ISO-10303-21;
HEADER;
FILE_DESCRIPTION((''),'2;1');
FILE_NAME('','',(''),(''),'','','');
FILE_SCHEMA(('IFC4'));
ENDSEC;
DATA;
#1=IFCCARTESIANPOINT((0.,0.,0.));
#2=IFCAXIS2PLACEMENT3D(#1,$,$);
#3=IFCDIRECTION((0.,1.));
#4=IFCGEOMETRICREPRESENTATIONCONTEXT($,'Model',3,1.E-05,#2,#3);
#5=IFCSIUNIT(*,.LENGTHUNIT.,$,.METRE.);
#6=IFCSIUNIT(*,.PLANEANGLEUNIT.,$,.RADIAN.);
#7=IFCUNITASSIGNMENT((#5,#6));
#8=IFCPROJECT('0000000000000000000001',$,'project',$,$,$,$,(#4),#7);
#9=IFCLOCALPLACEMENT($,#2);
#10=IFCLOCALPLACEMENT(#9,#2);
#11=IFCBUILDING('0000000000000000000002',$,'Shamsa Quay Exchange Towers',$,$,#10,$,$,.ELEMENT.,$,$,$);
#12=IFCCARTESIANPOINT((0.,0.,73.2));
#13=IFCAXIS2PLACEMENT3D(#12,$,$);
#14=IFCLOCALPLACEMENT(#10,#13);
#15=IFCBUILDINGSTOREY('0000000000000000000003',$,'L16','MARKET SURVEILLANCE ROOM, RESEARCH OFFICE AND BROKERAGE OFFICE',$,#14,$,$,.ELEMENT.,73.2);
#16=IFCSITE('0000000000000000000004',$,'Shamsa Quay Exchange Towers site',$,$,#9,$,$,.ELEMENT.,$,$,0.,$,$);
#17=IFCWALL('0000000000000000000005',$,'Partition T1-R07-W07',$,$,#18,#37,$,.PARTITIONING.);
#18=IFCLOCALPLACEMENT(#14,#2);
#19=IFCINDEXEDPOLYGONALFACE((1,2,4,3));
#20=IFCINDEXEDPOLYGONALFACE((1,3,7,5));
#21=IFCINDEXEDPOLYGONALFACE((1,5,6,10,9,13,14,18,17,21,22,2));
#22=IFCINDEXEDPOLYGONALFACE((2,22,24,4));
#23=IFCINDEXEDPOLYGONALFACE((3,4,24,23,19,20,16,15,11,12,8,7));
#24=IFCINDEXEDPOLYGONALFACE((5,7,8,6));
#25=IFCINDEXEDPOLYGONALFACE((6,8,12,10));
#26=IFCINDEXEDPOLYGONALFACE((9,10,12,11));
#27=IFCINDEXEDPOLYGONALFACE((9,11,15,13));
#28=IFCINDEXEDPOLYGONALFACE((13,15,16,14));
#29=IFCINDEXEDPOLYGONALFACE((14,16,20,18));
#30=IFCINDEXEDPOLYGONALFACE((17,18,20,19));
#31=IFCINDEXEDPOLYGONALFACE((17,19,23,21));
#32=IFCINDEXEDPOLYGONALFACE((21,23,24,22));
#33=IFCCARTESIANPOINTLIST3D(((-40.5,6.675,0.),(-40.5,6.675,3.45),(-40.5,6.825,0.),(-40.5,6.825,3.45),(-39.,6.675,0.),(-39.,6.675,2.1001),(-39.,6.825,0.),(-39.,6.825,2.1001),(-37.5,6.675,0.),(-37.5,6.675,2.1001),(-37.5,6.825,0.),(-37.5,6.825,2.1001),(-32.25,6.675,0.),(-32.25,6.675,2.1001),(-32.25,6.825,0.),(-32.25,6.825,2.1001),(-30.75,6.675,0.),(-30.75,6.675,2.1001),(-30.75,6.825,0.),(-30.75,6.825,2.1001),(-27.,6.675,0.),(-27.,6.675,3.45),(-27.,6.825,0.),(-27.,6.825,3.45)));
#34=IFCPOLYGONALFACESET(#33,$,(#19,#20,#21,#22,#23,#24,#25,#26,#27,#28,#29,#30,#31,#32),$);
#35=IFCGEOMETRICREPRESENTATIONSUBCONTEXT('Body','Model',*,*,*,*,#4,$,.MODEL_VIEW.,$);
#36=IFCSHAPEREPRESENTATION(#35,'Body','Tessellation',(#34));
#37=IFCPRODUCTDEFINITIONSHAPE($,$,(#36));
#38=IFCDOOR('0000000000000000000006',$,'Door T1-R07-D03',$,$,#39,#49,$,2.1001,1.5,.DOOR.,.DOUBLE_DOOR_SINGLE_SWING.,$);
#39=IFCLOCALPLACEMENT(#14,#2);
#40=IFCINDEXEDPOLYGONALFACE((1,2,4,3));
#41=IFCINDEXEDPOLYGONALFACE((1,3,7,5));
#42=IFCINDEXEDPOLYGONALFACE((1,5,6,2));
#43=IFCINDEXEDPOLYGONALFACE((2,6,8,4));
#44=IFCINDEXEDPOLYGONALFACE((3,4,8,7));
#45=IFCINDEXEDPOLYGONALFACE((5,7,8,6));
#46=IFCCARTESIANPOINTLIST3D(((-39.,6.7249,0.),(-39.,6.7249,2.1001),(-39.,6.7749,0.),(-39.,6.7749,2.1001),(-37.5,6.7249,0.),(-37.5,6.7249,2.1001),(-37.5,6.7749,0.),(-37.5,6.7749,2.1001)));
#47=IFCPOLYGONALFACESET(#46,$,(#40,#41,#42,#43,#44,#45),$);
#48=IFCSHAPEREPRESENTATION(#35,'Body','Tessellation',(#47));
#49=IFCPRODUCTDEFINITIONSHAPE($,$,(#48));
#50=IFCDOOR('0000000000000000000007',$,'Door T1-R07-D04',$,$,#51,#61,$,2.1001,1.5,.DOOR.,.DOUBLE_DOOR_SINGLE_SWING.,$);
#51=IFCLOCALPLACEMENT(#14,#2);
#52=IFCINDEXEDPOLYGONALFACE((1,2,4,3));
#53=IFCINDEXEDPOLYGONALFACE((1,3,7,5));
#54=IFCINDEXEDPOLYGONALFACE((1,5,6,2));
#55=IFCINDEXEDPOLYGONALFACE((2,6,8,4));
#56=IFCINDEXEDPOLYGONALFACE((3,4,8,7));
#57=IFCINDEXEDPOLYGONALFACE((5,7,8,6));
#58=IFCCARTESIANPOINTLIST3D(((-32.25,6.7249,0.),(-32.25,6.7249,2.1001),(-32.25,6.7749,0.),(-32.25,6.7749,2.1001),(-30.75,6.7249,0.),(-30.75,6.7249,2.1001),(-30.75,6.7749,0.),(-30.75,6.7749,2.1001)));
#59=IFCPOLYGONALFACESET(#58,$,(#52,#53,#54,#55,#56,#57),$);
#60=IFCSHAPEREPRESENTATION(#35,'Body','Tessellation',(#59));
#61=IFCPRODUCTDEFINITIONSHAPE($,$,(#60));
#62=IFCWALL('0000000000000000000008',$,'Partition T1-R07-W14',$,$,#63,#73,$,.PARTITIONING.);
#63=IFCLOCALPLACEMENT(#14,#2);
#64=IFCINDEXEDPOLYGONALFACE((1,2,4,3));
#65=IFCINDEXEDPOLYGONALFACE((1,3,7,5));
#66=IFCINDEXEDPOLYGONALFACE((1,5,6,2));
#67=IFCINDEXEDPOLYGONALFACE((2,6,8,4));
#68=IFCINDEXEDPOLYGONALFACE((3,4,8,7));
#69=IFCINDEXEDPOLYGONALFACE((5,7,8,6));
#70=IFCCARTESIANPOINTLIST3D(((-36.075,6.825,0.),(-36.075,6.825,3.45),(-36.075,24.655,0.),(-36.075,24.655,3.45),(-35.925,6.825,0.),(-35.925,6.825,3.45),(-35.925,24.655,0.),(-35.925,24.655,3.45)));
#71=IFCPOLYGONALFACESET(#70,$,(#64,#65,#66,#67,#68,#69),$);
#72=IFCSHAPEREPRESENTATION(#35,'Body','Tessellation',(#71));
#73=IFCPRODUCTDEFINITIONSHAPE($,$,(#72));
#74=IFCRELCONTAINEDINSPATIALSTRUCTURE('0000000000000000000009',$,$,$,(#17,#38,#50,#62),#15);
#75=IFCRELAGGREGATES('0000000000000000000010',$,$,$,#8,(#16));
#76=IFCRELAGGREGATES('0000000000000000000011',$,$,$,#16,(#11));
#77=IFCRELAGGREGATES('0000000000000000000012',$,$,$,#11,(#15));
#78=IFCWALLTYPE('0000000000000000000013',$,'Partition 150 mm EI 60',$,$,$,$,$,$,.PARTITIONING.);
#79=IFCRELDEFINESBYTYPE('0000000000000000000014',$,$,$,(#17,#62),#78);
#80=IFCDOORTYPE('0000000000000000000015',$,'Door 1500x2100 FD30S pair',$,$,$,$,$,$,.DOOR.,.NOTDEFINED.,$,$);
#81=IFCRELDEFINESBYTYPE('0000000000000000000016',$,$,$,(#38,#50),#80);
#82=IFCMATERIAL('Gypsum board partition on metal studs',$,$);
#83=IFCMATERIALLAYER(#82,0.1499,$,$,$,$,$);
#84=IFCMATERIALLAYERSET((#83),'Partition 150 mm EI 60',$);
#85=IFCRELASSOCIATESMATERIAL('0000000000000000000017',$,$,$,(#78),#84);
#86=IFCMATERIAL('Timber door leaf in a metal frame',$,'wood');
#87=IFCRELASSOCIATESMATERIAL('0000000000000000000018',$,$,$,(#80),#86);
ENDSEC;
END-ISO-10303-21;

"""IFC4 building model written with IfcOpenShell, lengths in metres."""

from ifc_helpers import new_model, si_unit, direction, frame, frame_2d, origin, place, context, subcontext, project, spatial, rectangle, extrude, material, layer, layer_set, type_object, element, fill, save


model = new_model("IFC4")

# Units and contexts
model_context = context("Model", 3, precision=1e-05, world=origin(), true_north=direction((0.0, 1.0)))
body_context = subcontext(model_context, "Body", "Model", "MODEL_VIEW")
ifc_project = project(units=[si_unit("LENGTHUNIT", "METRE"), si_unit("PLANEANGLEUNIT", "RADIAN")], contexts=[model_context])

# Site, building, storey
site_placement = place(None, origin())
site = spatial("IfcSite", under=ifc_project, at=site_placement, Name="Shamsa Quay Exchange Towers site", CompositionType="ELEMENT", RefElevation=0.0)
building_placement = place(site_placement, origin())
building = spatial("IfcBuilding", under=site, at=building_placement, Name="Shamsa Quay Exchange Towers", CompositionType="ELEMENT")
storey_placement = place(building_placement, frame((0.0, 0.0, 73.2)))
storey = spatial("IfcBuildingStorey", under=building, at=storey_placement, Name="L16", Description="MARKET SURVEILLANCE ROOM, RESEARCH OFFICE AND BROKERAGE OFFICE", CompositionType="ELEMENT", Elevation=73.2)

# Shared definitions
ifc_material_1 = material(Name="Gypsum board partition on metal studs")
ifc_material_2 = material(Name="Timber door leaf in a metal frame", Category="wood")

# Wall, openings, doors
ifc_layer_1 = layer(ifc_material_1, 0.1499)
ifc_layer_set_1 = layer_set([ifc_layer_1], Name="Partition 150 mm EI 60")
wall_type_1 = type_object("IfcWallType", Name="Partition 150 mm EI 60", PredefinedType="PARTITIONING", material=ifc_layer_set_1)
wall_1_placement = place(storey_placement, frame((-40.5, 6.75, 0.0)))
wall_1 = element("IfcWall", 1, at=wall_1_placement, inside=storey, type_object=wall_type_1, Name="Partition T1-R07-W07", PredefinedType="PARTITIONING", context=body_context, shape_type="SweptSolid", body=[
    extrude(rectangle(XDim=13.5, YDim=0.1499, at=frame_2d((6.75, 0.0))), origin(), (0.0, 0.0, 1.0), 3.45),
])
opening_1_placement = place(wall_1_placement, frame((1.5, 0.0, 0.0)))
opening_1 = element("IfcOpeningElement", 2, at=opening_1_placement, cuts=wall_1, PredefinedType="OPENING", context=body_context, shape_type="SweptSolid", body=[
    extrude(rectangle(XDim=1.5, YDim=2.1001, at=frame_2d((0.75, 1.05))), frame((0.0, 0.085, 0.0), z_axis=(0.0, -1.0, 0.0), x_axis=(1.0, 0.0, 0.0)), (0.0, 0.0, 1.0), 0.1699),
])
opening_2_placement = place(wall_1_placement, frame((8.25, 0.0, 0.0)))
opening_2 = element("IfcOpeningElement", 3, at=opening_2_placement, cuts=wall_1, PredefinedType="OPENING", context=body_context, shape_type="SweptSolid", body=[
    extrude(rectangle(XDim=1.5, YDim=2.1001, at=frame_2d((0.75, 1.05))), frame((0.0, 0.085, 0.0), z_axis=(0.0, -1.0, 0.0), x_axis=(1.0, 0.0, 0.0)), (0.0, 0.0, 1.0), 0.1699),
])
door_type_1 = type_object("IfcDoorType", Name="Door 1500x2100 FD30S pair", OperationType="NOTDEFINED", PredefinedType="DOOR", material=ifc_material_2)
door_1_placement = place(opening_1_placement, origin())
door_1 = element("IfcDoor", 4, at=door_1_placement, inside=storey, type_object=door_type_1, Name="Door T1-R07-D03", OperationType="DOUBLE_DOOR_SINGLE_SWING", OverallHeight=2.1001, OverallWidth=1.5, PredefinedType="DOOR", context=body_context, shape_type="SweptSolid", body=[
    extrude(rectangle(XDim=1.5, YDim=2.1001, at=frame_2d((0.75, 1.05))), frame((0.0, 0.0249, 0.0), z_axis=(0.0, -1.0, 0.0), x_axis=(1.0, 0.0, 0.0)), (0.0, 0.0, 1.0), 0.05),
])
fill(opening_1, door_1)
door_2_placement = place(opening_2_placement, origin())
door_2 = element("IfcDoor", 5, at=door_2_placement, inside=storey, type_object=door_type_1, Name="Door T1-R07-D04", OperationType="DOUBLE_DOOR_SINGLE_SWING", OverallHeight=2.1001, OverallWidth=1.5, PredefinedType="DOOR", context=body_context, shape_type="SweptSolid", body=[
    extrude(rectangle(XDim=1.5, YDim=2.1001, at=frame_2d((0.75, 1.05))), frame((0.0, 0.0249, 0.0), z_axis=(0.0, -1.0, 0.0), x_axis=(1.0, 0.0, 0.0)), (0.0, 0.0, 1.0), 0.05),
])
fill(opening_2, door_2)

# Wall
wall_2_placement = place(storey_placement, frame((-36.0, 6.825, 0.0), z_axis=(0.0, 0.0, 1.0), x_axis=(0.0, 1.0, 0.0)))
element("IfcWall", 6, at=wall_2_placement, inside=storey, type_object=wall_type_1, Name="Partition T1-R07-W14", PredefinedType="PARTITIONING", context=body_context, shape_type="SweptSolid", body=[
    extrude(rectangle(XDim=17.8301, YDim=0.1499, at=frame_2d((8.915, 0.0))), origin(), (0.0, 0.0, 1.0), 3.45),
])

save(model, "model.ifc")
